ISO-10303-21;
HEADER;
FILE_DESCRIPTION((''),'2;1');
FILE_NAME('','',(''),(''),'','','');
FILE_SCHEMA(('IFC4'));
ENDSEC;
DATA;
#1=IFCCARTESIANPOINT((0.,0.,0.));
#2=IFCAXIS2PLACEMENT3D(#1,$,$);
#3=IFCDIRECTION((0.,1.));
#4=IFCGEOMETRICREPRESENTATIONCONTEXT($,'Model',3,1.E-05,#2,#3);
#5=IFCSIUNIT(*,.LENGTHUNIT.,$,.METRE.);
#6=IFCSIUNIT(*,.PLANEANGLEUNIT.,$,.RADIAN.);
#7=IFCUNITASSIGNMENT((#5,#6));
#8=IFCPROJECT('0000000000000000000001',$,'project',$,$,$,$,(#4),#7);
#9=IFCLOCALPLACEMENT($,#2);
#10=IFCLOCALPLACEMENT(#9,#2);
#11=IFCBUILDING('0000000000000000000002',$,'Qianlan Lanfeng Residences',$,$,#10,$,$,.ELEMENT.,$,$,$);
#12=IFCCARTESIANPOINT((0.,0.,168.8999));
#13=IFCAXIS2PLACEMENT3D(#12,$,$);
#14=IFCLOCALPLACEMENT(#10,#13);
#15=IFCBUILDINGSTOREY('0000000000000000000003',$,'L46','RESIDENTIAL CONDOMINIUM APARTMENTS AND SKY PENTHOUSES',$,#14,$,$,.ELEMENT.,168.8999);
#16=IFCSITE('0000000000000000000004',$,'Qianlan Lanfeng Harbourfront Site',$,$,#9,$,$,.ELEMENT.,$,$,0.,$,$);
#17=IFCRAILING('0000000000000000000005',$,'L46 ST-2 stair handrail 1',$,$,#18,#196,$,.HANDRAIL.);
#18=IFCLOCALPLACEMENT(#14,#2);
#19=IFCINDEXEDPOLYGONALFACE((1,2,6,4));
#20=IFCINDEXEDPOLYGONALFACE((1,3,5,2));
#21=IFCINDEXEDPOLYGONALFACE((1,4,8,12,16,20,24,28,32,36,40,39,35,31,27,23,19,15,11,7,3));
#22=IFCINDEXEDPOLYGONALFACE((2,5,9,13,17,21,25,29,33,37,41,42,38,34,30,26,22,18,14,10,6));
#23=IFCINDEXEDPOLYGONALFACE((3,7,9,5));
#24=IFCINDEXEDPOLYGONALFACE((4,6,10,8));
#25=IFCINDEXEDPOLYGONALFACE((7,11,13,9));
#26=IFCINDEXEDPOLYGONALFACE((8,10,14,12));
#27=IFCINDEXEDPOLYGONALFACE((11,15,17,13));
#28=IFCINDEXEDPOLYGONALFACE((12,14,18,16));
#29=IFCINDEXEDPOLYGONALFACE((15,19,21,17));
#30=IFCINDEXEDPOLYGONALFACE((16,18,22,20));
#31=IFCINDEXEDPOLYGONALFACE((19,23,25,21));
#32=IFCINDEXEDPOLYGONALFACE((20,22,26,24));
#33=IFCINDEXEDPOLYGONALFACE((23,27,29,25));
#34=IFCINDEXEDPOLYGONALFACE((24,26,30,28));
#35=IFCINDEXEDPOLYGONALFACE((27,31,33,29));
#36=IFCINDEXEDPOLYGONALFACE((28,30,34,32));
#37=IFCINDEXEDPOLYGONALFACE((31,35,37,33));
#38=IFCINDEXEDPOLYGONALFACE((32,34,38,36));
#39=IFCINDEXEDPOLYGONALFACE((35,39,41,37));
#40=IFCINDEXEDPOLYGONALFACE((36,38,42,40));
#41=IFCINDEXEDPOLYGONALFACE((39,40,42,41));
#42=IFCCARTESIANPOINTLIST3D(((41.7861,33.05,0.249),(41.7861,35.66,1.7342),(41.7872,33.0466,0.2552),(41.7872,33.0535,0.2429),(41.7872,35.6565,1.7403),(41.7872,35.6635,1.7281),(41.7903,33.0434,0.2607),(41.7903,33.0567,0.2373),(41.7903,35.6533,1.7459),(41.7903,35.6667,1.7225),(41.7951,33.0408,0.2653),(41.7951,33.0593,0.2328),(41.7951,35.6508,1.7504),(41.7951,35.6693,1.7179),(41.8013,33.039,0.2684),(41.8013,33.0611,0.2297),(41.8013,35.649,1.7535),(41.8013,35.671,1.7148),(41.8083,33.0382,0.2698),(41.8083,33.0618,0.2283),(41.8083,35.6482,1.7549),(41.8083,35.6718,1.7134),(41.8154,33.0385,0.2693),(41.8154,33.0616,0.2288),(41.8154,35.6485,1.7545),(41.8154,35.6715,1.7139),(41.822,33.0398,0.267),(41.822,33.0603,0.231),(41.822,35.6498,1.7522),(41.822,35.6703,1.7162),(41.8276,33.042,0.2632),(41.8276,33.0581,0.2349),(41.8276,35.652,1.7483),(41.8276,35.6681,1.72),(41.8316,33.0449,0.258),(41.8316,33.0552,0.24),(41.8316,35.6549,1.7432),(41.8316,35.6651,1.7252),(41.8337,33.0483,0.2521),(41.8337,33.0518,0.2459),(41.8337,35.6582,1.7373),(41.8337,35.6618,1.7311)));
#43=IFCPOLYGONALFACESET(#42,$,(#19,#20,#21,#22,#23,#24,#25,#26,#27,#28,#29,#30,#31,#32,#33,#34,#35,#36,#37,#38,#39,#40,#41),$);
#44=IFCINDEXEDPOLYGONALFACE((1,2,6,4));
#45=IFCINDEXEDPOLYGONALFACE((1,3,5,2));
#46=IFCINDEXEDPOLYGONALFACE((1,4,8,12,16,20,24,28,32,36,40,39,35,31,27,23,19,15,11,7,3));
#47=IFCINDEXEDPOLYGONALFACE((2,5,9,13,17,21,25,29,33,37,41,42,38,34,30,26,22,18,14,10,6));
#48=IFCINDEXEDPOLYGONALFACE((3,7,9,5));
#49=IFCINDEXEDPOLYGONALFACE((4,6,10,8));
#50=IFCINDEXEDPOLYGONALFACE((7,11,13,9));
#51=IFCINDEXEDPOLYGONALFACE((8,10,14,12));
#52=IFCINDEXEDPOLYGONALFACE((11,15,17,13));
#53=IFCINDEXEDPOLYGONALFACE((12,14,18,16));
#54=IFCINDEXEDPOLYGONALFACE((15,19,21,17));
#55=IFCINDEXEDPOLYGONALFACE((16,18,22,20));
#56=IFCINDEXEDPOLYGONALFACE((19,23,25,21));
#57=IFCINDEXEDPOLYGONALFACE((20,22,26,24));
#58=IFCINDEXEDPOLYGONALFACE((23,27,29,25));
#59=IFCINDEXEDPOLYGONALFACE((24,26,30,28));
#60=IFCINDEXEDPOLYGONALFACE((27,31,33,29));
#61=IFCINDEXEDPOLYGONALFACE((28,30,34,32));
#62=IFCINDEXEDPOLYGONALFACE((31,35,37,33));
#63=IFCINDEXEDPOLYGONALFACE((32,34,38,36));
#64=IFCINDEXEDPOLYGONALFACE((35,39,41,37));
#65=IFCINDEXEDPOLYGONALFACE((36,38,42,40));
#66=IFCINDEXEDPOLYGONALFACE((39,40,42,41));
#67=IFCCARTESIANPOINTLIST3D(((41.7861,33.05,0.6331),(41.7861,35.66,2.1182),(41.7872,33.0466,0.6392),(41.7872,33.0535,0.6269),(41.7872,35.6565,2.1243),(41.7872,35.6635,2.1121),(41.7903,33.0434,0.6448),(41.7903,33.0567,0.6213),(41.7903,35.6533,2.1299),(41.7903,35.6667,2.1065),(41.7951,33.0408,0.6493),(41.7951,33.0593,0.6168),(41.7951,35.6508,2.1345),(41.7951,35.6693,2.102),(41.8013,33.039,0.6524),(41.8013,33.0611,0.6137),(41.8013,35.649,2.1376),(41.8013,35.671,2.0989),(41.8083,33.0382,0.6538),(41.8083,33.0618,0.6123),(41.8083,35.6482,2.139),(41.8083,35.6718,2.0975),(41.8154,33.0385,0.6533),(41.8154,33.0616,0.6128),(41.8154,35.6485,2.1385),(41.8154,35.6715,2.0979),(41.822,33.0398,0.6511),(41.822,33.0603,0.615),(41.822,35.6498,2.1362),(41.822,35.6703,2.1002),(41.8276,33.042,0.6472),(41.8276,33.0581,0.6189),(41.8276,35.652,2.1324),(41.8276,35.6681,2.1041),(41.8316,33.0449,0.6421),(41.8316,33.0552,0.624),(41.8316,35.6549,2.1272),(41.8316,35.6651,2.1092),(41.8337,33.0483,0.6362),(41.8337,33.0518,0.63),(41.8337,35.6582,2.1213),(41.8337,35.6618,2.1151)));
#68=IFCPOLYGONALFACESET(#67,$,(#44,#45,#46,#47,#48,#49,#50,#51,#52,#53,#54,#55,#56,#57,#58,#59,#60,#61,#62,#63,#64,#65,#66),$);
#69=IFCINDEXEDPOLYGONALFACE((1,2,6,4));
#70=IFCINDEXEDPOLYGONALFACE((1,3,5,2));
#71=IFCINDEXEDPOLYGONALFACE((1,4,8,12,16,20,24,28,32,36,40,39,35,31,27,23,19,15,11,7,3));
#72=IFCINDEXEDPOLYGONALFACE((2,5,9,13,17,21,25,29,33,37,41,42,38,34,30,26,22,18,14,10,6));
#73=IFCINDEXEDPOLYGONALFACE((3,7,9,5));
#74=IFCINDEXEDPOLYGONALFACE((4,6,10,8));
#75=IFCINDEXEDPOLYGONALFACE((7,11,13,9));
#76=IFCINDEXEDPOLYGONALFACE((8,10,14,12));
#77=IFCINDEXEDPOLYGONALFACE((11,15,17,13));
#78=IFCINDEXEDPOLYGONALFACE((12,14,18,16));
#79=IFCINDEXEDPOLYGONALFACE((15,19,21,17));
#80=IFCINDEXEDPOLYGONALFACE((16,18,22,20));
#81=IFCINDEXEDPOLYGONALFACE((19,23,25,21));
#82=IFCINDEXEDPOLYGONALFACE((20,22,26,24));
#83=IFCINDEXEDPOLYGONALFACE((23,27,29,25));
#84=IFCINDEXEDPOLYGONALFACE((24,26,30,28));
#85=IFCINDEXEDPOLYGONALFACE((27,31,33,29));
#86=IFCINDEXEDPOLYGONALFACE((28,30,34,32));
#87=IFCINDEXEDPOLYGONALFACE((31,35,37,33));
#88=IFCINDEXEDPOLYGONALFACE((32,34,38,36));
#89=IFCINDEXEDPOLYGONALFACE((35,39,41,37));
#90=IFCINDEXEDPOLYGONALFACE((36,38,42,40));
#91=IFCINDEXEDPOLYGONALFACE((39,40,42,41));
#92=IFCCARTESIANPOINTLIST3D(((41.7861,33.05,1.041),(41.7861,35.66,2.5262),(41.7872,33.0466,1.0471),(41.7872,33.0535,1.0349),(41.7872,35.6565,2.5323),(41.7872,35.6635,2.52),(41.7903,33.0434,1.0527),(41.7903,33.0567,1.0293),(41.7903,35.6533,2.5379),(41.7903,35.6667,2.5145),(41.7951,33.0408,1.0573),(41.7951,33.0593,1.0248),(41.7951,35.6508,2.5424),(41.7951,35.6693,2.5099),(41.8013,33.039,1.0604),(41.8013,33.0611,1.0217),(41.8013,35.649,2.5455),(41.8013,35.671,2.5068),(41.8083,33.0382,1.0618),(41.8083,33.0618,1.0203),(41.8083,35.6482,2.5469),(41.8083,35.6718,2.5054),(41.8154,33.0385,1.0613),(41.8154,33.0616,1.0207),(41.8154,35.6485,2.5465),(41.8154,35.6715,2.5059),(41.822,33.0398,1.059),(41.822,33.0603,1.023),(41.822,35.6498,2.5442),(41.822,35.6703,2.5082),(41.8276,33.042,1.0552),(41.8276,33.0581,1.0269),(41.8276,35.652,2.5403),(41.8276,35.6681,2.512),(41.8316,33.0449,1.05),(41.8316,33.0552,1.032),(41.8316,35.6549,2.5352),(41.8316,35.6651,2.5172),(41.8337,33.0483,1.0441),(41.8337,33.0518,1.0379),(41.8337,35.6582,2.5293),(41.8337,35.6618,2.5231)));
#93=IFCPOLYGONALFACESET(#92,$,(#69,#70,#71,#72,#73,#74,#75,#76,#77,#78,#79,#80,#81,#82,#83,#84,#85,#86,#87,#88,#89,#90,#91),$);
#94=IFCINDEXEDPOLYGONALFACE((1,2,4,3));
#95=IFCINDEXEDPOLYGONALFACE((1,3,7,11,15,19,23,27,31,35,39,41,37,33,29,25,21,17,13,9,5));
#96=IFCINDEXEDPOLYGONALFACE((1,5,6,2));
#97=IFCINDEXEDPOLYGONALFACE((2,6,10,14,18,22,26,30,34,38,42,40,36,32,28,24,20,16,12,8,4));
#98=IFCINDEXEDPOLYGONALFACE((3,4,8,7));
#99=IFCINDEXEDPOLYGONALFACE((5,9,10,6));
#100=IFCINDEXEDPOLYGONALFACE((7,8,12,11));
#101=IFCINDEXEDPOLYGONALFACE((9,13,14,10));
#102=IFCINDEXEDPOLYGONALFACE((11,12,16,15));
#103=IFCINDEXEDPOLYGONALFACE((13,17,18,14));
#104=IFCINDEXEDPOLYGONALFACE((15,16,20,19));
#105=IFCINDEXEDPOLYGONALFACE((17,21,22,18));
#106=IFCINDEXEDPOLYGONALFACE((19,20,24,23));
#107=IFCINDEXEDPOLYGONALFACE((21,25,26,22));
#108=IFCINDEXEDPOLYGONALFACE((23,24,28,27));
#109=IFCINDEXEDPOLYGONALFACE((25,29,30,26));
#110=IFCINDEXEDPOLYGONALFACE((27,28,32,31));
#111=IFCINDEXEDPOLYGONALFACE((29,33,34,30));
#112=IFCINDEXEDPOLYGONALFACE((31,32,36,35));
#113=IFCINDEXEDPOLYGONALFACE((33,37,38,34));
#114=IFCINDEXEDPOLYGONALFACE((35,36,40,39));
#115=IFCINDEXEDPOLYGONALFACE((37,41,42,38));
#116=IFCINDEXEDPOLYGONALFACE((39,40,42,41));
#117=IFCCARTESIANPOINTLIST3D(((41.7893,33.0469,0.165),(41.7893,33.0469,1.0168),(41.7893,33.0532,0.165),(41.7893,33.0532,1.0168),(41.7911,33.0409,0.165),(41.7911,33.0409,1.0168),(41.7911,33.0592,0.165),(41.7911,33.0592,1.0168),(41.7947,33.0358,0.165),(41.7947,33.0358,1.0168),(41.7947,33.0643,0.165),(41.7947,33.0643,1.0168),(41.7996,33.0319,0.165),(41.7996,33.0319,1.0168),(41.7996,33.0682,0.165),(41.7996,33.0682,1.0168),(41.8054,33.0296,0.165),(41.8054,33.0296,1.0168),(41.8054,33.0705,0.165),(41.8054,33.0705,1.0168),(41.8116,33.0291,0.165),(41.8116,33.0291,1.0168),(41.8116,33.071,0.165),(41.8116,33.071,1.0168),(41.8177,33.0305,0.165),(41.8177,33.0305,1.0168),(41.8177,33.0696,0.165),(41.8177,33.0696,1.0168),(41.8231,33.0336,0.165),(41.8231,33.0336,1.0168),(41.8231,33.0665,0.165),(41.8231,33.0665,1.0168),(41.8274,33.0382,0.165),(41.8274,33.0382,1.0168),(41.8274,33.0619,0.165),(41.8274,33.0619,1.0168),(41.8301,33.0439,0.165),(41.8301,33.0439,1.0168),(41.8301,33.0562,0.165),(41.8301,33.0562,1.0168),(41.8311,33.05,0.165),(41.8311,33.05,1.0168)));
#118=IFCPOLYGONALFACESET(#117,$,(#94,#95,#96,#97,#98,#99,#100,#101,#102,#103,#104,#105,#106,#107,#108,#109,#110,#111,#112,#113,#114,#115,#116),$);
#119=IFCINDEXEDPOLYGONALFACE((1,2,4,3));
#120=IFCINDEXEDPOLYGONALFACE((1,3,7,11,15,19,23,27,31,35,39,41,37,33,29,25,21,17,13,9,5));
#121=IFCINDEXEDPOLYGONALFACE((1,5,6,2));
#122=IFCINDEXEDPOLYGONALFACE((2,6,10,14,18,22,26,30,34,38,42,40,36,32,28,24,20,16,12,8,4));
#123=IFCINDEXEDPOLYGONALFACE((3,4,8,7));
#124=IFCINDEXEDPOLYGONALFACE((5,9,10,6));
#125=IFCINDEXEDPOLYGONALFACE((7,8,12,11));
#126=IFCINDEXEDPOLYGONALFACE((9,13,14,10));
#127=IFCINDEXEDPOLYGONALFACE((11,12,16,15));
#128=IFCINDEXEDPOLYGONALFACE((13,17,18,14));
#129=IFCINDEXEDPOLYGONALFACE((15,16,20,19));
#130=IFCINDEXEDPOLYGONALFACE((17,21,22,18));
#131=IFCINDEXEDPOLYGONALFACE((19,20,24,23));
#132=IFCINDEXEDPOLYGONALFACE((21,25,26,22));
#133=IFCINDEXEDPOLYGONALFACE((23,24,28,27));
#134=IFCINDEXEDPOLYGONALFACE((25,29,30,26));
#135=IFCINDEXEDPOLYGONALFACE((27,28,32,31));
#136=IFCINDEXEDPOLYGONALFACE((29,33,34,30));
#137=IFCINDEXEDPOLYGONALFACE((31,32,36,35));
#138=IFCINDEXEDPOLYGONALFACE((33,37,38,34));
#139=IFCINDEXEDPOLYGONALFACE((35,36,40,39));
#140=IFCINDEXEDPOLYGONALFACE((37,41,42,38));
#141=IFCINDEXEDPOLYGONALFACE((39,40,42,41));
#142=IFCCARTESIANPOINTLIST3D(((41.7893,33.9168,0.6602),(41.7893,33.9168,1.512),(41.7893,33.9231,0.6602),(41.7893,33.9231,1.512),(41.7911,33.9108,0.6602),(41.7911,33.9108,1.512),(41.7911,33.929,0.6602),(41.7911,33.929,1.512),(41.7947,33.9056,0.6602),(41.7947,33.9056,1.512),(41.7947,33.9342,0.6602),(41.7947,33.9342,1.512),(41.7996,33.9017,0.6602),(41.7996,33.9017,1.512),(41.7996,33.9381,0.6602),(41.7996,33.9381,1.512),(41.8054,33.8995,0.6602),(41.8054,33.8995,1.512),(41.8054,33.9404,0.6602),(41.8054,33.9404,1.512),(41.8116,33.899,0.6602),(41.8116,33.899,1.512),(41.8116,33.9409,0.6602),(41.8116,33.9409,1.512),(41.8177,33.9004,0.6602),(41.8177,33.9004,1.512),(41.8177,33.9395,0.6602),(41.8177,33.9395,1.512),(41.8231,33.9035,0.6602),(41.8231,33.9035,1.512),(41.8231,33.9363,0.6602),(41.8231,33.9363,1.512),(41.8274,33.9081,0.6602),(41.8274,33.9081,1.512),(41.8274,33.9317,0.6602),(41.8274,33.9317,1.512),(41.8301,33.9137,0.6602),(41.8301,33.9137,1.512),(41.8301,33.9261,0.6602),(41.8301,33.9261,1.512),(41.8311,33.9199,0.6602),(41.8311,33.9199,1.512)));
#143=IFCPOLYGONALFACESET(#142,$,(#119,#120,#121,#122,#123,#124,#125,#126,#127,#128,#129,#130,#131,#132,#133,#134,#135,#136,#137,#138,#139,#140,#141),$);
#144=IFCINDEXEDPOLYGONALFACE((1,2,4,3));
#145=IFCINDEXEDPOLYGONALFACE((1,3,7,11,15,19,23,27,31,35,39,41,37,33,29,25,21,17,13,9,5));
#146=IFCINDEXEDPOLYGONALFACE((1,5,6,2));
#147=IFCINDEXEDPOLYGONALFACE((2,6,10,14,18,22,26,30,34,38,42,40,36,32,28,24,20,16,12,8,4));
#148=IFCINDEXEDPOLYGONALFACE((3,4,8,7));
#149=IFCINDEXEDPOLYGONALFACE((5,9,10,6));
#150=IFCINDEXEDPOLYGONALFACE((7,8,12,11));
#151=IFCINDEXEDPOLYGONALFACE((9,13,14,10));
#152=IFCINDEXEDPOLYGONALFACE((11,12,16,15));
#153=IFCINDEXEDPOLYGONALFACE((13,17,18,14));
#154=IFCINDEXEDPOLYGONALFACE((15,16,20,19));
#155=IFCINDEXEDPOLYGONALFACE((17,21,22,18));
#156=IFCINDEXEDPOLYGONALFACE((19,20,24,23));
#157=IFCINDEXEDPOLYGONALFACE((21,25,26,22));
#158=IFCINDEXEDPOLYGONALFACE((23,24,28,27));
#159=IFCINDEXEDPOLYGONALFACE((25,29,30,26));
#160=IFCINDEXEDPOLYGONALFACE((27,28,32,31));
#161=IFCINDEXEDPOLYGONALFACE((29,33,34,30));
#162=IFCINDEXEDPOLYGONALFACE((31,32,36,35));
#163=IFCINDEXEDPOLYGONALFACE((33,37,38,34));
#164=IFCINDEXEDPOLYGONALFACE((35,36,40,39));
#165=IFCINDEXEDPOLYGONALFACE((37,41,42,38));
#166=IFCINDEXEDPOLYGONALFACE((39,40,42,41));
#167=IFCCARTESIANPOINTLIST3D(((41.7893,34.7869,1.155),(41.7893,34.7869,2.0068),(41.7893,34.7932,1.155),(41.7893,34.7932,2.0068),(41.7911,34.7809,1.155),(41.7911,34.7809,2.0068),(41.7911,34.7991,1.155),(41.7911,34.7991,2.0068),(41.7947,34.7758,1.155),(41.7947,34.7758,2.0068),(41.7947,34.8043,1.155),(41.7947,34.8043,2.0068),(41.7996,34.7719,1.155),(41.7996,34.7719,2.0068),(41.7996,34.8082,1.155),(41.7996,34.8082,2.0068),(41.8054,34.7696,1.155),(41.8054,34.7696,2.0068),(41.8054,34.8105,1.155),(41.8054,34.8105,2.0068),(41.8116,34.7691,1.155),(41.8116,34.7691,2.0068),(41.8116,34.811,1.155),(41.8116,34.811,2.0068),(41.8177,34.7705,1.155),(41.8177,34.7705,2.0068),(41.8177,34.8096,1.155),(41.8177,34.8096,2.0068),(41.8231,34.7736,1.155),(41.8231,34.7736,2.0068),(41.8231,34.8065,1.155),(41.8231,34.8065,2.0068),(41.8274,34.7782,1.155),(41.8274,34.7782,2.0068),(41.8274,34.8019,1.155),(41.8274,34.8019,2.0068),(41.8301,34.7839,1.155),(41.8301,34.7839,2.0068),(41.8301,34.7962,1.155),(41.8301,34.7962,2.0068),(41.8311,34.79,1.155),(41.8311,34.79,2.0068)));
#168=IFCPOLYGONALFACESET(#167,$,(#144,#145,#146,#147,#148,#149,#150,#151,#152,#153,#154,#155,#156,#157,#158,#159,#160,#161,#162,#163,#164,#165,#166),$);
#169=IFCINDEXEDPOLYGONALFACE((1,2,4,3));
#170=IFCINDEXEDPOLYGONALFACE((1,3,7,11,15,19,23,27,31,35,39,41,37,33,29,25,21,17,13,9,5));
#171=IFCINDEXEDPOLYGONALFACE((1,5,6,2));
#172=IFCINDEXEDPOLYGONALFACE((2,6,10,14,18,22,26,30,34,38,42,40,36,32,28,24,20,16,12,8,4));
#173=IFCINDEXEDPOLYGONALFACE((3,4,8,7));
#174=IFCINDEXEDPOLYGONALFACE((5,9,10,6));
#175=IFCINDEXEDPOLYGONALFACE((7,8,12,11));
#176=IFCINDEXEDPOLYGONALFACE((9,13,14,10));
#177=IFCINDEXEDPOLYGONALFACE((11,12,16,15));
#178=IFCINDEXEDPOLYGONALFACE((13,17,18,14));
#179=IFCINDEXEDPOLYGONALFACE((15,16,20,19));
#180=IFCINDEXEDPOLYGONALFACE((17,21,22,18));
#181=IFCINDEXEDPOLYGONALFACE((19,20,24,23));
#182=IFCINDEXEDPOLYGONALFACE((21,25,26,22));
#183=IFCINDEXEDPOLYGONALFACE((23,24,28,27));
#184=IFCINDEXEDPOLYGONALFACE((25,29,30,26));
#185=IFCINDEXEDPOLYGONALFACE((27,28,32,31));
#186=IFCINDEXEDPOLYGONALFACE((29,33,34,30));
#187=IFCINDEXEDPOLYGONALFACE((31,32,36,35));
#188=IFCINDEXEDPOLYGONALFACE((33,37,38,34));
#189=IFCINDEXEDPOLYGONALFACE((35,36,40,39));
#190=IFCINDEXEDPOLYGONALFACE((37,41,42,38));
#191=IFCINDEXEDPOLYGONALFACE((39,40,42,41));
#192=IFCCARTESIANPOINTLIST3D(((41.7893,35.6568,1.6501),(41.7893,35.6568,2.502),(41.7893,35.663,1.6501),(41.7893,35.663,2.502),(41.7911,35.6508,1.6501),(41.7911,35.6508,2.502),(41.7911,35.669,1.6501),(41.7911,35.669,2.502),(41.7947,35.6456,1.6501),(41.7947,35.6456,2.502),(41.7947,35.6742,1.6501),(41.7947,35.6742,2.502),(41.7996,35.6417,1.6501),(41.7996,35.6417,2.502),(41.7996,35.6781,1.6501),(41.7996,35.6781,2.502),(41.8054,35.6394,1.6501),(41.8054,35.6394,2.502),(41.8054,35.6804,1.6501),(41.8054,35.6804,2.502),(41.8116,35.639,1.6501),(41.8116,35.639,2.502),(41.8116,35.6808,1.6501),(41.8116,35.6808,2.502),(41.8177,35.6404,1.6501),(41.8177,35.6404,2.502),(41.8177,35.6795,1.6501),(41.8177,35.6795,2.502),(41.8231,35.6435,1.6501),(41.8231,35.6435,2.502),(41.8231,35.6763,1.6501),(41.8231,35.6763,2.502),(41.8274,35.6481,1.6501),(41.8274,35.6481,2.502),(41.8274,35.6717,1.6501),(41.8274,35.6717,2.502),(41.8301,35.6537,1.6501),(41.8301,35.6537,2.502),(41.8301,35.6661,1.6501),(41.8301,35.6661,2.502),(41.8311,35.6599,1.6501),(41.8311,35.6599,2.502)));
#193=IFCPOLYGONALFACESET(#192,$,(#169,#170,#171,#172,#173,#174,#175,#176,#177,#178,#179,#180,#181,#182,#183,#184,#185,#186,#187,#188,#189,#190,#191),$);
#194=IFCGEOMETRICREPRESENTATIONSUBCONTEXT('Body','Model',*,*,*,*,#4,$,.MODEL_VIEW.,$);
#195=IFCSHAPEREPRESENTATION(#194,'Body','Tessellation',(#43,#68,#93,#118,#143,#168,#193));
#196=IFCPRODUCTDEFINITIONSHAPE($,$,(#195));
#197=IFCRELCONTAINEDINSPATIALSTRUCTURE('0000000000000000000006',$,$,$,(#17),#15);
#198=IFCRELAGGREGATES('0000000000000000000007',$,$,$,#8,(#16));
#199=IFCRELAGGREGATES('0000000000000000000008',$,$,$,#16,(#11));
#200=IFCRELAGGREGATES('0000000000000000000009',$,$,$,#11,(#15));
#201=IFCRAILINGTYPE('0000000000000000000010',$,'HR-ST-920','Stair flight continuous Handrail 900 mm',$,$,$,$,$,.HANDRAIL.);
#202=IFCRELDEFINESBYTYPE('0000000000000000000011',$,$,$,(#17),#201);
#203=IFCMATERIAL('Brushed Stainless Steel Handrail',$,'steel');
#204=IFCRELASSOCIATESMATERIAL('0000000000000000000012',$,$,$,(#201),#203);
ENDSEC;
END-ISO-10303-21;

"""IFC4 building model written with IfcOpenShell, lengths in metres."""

from ifc_helpers import new_model, si_unit, direction, frame, origin, origin_2d, place, context, subcontext, project, spatial, circle, extrude, material, type_object, element, save


model = new_model("IFC4")

# Units and contexts
model_context = context("Model", 3, precision=1e-05, world=origin(), true_north=direction((0.0, 1.0)))
body_context = subcontext(model_context, "Body", "Model", "MODEL_VIEW")
ifc_project = project(units=[si_unit("LENGTHUNIT", "METRE"), si_unit("PLANEANGLEUNIT", "RADIAN")], contexts=[model_context])

# Site, building, storey
site_placement = place(None, origin())
site = spatial("IfcSite", under=ifc_project, at=site_placement, Name="Qianlan Lanfeng Harbourfront Site", CompositionType="ELEMENT", RefElevation=0.0)
building_placement = place(site_placement, origin())
building = spatial("IfcBuilding", under=site, at=building_placement, Name="Qianlan Lanfeng Residences", CompositionType="ELEMENT")
storey_placement = place(building_placement, frame((0.0, 0.0, 168.8999)))
storey = spatial("IfcBuildingStorey", under=building, at=storey_placement, Name="L46", Description="RESIDENTIAL CONDOMINIUM APARTMENTS AND SKY PENTHOUSES", CompositionType="ELEMENT", Elevation=168.8999)

# Railing
ifc_material_1 = material(Name="Brushed Stainless Steel Handrail", Category="steel")
railing_type_1 = type_object("IfcRailingType", Name="HR-ST-920", Description="Stair flight continuous Handrail 900 mm", PredefinedType="HANDRAIL", material=ifc_material_1)
railing_1_placement = place(storey_placement, frame((41.8101, 33.05, 0.165)))
element("IfcRailing", 1, at=railing_1_placement, inside=storey, type_object=railing_type_1, Name="L46 ST-2 stair handrail 1", PredefinedType="HANDRAIL", context=body_context, shape_type="SweptSolid", body=[
    extrude(circle(Radius=0.0239, at=origin_2d()), frame((0.0, 0.0, 0.084), z_axis=(0.0, 0.869137, 0.494571), x_axis=(-1.0, 0.0, 0.0)), (0.0, 0.0, 1.0), 3.0029),
    extrude(circle(Radius=0.0239, at=origin_2d()), frame((0.0, 0.0, 0.468), z_axis=(0.0, 0.869137, 0.494571), x_axis=(-1.0, 0.0, 0.0)), (0.0, 0.0, 1.0), 3.0029),
    extrude(circle(Radius=0.0239, at=origin_2d()), frame((0.0, 0.0, 0.876), z_axis=(0.0, 0.869137, 0.494571), x_axis=(-1.0, 0.0, 0.0)), (0.0, 0.0, 1.0), 3.0029),
    extrude(circle(Radius=0.021, at=origin_2d()), origin(), (0.0, 0.0, 1.0), 0.8518),
    extrude(circle(Radius=0.021, at=origin_2d()), frame((0.0, 0.8699, 0.4951)), (0.0, 0.0, 1.0), 0.8518),
    extrude(circle(Radius=0.021, at=origin_2d()), frame((0.0, 1.74, 0.99)), (0.0, 0.0, 1.0), 0.8518),
    extrude(circle(Radius=0.021, at=origin_2d()), frame((0.0, 2.6099, 1.4851)), (0.0, 0.0, 1.0), 0.8518),
])

save(model, "model.ifc")
